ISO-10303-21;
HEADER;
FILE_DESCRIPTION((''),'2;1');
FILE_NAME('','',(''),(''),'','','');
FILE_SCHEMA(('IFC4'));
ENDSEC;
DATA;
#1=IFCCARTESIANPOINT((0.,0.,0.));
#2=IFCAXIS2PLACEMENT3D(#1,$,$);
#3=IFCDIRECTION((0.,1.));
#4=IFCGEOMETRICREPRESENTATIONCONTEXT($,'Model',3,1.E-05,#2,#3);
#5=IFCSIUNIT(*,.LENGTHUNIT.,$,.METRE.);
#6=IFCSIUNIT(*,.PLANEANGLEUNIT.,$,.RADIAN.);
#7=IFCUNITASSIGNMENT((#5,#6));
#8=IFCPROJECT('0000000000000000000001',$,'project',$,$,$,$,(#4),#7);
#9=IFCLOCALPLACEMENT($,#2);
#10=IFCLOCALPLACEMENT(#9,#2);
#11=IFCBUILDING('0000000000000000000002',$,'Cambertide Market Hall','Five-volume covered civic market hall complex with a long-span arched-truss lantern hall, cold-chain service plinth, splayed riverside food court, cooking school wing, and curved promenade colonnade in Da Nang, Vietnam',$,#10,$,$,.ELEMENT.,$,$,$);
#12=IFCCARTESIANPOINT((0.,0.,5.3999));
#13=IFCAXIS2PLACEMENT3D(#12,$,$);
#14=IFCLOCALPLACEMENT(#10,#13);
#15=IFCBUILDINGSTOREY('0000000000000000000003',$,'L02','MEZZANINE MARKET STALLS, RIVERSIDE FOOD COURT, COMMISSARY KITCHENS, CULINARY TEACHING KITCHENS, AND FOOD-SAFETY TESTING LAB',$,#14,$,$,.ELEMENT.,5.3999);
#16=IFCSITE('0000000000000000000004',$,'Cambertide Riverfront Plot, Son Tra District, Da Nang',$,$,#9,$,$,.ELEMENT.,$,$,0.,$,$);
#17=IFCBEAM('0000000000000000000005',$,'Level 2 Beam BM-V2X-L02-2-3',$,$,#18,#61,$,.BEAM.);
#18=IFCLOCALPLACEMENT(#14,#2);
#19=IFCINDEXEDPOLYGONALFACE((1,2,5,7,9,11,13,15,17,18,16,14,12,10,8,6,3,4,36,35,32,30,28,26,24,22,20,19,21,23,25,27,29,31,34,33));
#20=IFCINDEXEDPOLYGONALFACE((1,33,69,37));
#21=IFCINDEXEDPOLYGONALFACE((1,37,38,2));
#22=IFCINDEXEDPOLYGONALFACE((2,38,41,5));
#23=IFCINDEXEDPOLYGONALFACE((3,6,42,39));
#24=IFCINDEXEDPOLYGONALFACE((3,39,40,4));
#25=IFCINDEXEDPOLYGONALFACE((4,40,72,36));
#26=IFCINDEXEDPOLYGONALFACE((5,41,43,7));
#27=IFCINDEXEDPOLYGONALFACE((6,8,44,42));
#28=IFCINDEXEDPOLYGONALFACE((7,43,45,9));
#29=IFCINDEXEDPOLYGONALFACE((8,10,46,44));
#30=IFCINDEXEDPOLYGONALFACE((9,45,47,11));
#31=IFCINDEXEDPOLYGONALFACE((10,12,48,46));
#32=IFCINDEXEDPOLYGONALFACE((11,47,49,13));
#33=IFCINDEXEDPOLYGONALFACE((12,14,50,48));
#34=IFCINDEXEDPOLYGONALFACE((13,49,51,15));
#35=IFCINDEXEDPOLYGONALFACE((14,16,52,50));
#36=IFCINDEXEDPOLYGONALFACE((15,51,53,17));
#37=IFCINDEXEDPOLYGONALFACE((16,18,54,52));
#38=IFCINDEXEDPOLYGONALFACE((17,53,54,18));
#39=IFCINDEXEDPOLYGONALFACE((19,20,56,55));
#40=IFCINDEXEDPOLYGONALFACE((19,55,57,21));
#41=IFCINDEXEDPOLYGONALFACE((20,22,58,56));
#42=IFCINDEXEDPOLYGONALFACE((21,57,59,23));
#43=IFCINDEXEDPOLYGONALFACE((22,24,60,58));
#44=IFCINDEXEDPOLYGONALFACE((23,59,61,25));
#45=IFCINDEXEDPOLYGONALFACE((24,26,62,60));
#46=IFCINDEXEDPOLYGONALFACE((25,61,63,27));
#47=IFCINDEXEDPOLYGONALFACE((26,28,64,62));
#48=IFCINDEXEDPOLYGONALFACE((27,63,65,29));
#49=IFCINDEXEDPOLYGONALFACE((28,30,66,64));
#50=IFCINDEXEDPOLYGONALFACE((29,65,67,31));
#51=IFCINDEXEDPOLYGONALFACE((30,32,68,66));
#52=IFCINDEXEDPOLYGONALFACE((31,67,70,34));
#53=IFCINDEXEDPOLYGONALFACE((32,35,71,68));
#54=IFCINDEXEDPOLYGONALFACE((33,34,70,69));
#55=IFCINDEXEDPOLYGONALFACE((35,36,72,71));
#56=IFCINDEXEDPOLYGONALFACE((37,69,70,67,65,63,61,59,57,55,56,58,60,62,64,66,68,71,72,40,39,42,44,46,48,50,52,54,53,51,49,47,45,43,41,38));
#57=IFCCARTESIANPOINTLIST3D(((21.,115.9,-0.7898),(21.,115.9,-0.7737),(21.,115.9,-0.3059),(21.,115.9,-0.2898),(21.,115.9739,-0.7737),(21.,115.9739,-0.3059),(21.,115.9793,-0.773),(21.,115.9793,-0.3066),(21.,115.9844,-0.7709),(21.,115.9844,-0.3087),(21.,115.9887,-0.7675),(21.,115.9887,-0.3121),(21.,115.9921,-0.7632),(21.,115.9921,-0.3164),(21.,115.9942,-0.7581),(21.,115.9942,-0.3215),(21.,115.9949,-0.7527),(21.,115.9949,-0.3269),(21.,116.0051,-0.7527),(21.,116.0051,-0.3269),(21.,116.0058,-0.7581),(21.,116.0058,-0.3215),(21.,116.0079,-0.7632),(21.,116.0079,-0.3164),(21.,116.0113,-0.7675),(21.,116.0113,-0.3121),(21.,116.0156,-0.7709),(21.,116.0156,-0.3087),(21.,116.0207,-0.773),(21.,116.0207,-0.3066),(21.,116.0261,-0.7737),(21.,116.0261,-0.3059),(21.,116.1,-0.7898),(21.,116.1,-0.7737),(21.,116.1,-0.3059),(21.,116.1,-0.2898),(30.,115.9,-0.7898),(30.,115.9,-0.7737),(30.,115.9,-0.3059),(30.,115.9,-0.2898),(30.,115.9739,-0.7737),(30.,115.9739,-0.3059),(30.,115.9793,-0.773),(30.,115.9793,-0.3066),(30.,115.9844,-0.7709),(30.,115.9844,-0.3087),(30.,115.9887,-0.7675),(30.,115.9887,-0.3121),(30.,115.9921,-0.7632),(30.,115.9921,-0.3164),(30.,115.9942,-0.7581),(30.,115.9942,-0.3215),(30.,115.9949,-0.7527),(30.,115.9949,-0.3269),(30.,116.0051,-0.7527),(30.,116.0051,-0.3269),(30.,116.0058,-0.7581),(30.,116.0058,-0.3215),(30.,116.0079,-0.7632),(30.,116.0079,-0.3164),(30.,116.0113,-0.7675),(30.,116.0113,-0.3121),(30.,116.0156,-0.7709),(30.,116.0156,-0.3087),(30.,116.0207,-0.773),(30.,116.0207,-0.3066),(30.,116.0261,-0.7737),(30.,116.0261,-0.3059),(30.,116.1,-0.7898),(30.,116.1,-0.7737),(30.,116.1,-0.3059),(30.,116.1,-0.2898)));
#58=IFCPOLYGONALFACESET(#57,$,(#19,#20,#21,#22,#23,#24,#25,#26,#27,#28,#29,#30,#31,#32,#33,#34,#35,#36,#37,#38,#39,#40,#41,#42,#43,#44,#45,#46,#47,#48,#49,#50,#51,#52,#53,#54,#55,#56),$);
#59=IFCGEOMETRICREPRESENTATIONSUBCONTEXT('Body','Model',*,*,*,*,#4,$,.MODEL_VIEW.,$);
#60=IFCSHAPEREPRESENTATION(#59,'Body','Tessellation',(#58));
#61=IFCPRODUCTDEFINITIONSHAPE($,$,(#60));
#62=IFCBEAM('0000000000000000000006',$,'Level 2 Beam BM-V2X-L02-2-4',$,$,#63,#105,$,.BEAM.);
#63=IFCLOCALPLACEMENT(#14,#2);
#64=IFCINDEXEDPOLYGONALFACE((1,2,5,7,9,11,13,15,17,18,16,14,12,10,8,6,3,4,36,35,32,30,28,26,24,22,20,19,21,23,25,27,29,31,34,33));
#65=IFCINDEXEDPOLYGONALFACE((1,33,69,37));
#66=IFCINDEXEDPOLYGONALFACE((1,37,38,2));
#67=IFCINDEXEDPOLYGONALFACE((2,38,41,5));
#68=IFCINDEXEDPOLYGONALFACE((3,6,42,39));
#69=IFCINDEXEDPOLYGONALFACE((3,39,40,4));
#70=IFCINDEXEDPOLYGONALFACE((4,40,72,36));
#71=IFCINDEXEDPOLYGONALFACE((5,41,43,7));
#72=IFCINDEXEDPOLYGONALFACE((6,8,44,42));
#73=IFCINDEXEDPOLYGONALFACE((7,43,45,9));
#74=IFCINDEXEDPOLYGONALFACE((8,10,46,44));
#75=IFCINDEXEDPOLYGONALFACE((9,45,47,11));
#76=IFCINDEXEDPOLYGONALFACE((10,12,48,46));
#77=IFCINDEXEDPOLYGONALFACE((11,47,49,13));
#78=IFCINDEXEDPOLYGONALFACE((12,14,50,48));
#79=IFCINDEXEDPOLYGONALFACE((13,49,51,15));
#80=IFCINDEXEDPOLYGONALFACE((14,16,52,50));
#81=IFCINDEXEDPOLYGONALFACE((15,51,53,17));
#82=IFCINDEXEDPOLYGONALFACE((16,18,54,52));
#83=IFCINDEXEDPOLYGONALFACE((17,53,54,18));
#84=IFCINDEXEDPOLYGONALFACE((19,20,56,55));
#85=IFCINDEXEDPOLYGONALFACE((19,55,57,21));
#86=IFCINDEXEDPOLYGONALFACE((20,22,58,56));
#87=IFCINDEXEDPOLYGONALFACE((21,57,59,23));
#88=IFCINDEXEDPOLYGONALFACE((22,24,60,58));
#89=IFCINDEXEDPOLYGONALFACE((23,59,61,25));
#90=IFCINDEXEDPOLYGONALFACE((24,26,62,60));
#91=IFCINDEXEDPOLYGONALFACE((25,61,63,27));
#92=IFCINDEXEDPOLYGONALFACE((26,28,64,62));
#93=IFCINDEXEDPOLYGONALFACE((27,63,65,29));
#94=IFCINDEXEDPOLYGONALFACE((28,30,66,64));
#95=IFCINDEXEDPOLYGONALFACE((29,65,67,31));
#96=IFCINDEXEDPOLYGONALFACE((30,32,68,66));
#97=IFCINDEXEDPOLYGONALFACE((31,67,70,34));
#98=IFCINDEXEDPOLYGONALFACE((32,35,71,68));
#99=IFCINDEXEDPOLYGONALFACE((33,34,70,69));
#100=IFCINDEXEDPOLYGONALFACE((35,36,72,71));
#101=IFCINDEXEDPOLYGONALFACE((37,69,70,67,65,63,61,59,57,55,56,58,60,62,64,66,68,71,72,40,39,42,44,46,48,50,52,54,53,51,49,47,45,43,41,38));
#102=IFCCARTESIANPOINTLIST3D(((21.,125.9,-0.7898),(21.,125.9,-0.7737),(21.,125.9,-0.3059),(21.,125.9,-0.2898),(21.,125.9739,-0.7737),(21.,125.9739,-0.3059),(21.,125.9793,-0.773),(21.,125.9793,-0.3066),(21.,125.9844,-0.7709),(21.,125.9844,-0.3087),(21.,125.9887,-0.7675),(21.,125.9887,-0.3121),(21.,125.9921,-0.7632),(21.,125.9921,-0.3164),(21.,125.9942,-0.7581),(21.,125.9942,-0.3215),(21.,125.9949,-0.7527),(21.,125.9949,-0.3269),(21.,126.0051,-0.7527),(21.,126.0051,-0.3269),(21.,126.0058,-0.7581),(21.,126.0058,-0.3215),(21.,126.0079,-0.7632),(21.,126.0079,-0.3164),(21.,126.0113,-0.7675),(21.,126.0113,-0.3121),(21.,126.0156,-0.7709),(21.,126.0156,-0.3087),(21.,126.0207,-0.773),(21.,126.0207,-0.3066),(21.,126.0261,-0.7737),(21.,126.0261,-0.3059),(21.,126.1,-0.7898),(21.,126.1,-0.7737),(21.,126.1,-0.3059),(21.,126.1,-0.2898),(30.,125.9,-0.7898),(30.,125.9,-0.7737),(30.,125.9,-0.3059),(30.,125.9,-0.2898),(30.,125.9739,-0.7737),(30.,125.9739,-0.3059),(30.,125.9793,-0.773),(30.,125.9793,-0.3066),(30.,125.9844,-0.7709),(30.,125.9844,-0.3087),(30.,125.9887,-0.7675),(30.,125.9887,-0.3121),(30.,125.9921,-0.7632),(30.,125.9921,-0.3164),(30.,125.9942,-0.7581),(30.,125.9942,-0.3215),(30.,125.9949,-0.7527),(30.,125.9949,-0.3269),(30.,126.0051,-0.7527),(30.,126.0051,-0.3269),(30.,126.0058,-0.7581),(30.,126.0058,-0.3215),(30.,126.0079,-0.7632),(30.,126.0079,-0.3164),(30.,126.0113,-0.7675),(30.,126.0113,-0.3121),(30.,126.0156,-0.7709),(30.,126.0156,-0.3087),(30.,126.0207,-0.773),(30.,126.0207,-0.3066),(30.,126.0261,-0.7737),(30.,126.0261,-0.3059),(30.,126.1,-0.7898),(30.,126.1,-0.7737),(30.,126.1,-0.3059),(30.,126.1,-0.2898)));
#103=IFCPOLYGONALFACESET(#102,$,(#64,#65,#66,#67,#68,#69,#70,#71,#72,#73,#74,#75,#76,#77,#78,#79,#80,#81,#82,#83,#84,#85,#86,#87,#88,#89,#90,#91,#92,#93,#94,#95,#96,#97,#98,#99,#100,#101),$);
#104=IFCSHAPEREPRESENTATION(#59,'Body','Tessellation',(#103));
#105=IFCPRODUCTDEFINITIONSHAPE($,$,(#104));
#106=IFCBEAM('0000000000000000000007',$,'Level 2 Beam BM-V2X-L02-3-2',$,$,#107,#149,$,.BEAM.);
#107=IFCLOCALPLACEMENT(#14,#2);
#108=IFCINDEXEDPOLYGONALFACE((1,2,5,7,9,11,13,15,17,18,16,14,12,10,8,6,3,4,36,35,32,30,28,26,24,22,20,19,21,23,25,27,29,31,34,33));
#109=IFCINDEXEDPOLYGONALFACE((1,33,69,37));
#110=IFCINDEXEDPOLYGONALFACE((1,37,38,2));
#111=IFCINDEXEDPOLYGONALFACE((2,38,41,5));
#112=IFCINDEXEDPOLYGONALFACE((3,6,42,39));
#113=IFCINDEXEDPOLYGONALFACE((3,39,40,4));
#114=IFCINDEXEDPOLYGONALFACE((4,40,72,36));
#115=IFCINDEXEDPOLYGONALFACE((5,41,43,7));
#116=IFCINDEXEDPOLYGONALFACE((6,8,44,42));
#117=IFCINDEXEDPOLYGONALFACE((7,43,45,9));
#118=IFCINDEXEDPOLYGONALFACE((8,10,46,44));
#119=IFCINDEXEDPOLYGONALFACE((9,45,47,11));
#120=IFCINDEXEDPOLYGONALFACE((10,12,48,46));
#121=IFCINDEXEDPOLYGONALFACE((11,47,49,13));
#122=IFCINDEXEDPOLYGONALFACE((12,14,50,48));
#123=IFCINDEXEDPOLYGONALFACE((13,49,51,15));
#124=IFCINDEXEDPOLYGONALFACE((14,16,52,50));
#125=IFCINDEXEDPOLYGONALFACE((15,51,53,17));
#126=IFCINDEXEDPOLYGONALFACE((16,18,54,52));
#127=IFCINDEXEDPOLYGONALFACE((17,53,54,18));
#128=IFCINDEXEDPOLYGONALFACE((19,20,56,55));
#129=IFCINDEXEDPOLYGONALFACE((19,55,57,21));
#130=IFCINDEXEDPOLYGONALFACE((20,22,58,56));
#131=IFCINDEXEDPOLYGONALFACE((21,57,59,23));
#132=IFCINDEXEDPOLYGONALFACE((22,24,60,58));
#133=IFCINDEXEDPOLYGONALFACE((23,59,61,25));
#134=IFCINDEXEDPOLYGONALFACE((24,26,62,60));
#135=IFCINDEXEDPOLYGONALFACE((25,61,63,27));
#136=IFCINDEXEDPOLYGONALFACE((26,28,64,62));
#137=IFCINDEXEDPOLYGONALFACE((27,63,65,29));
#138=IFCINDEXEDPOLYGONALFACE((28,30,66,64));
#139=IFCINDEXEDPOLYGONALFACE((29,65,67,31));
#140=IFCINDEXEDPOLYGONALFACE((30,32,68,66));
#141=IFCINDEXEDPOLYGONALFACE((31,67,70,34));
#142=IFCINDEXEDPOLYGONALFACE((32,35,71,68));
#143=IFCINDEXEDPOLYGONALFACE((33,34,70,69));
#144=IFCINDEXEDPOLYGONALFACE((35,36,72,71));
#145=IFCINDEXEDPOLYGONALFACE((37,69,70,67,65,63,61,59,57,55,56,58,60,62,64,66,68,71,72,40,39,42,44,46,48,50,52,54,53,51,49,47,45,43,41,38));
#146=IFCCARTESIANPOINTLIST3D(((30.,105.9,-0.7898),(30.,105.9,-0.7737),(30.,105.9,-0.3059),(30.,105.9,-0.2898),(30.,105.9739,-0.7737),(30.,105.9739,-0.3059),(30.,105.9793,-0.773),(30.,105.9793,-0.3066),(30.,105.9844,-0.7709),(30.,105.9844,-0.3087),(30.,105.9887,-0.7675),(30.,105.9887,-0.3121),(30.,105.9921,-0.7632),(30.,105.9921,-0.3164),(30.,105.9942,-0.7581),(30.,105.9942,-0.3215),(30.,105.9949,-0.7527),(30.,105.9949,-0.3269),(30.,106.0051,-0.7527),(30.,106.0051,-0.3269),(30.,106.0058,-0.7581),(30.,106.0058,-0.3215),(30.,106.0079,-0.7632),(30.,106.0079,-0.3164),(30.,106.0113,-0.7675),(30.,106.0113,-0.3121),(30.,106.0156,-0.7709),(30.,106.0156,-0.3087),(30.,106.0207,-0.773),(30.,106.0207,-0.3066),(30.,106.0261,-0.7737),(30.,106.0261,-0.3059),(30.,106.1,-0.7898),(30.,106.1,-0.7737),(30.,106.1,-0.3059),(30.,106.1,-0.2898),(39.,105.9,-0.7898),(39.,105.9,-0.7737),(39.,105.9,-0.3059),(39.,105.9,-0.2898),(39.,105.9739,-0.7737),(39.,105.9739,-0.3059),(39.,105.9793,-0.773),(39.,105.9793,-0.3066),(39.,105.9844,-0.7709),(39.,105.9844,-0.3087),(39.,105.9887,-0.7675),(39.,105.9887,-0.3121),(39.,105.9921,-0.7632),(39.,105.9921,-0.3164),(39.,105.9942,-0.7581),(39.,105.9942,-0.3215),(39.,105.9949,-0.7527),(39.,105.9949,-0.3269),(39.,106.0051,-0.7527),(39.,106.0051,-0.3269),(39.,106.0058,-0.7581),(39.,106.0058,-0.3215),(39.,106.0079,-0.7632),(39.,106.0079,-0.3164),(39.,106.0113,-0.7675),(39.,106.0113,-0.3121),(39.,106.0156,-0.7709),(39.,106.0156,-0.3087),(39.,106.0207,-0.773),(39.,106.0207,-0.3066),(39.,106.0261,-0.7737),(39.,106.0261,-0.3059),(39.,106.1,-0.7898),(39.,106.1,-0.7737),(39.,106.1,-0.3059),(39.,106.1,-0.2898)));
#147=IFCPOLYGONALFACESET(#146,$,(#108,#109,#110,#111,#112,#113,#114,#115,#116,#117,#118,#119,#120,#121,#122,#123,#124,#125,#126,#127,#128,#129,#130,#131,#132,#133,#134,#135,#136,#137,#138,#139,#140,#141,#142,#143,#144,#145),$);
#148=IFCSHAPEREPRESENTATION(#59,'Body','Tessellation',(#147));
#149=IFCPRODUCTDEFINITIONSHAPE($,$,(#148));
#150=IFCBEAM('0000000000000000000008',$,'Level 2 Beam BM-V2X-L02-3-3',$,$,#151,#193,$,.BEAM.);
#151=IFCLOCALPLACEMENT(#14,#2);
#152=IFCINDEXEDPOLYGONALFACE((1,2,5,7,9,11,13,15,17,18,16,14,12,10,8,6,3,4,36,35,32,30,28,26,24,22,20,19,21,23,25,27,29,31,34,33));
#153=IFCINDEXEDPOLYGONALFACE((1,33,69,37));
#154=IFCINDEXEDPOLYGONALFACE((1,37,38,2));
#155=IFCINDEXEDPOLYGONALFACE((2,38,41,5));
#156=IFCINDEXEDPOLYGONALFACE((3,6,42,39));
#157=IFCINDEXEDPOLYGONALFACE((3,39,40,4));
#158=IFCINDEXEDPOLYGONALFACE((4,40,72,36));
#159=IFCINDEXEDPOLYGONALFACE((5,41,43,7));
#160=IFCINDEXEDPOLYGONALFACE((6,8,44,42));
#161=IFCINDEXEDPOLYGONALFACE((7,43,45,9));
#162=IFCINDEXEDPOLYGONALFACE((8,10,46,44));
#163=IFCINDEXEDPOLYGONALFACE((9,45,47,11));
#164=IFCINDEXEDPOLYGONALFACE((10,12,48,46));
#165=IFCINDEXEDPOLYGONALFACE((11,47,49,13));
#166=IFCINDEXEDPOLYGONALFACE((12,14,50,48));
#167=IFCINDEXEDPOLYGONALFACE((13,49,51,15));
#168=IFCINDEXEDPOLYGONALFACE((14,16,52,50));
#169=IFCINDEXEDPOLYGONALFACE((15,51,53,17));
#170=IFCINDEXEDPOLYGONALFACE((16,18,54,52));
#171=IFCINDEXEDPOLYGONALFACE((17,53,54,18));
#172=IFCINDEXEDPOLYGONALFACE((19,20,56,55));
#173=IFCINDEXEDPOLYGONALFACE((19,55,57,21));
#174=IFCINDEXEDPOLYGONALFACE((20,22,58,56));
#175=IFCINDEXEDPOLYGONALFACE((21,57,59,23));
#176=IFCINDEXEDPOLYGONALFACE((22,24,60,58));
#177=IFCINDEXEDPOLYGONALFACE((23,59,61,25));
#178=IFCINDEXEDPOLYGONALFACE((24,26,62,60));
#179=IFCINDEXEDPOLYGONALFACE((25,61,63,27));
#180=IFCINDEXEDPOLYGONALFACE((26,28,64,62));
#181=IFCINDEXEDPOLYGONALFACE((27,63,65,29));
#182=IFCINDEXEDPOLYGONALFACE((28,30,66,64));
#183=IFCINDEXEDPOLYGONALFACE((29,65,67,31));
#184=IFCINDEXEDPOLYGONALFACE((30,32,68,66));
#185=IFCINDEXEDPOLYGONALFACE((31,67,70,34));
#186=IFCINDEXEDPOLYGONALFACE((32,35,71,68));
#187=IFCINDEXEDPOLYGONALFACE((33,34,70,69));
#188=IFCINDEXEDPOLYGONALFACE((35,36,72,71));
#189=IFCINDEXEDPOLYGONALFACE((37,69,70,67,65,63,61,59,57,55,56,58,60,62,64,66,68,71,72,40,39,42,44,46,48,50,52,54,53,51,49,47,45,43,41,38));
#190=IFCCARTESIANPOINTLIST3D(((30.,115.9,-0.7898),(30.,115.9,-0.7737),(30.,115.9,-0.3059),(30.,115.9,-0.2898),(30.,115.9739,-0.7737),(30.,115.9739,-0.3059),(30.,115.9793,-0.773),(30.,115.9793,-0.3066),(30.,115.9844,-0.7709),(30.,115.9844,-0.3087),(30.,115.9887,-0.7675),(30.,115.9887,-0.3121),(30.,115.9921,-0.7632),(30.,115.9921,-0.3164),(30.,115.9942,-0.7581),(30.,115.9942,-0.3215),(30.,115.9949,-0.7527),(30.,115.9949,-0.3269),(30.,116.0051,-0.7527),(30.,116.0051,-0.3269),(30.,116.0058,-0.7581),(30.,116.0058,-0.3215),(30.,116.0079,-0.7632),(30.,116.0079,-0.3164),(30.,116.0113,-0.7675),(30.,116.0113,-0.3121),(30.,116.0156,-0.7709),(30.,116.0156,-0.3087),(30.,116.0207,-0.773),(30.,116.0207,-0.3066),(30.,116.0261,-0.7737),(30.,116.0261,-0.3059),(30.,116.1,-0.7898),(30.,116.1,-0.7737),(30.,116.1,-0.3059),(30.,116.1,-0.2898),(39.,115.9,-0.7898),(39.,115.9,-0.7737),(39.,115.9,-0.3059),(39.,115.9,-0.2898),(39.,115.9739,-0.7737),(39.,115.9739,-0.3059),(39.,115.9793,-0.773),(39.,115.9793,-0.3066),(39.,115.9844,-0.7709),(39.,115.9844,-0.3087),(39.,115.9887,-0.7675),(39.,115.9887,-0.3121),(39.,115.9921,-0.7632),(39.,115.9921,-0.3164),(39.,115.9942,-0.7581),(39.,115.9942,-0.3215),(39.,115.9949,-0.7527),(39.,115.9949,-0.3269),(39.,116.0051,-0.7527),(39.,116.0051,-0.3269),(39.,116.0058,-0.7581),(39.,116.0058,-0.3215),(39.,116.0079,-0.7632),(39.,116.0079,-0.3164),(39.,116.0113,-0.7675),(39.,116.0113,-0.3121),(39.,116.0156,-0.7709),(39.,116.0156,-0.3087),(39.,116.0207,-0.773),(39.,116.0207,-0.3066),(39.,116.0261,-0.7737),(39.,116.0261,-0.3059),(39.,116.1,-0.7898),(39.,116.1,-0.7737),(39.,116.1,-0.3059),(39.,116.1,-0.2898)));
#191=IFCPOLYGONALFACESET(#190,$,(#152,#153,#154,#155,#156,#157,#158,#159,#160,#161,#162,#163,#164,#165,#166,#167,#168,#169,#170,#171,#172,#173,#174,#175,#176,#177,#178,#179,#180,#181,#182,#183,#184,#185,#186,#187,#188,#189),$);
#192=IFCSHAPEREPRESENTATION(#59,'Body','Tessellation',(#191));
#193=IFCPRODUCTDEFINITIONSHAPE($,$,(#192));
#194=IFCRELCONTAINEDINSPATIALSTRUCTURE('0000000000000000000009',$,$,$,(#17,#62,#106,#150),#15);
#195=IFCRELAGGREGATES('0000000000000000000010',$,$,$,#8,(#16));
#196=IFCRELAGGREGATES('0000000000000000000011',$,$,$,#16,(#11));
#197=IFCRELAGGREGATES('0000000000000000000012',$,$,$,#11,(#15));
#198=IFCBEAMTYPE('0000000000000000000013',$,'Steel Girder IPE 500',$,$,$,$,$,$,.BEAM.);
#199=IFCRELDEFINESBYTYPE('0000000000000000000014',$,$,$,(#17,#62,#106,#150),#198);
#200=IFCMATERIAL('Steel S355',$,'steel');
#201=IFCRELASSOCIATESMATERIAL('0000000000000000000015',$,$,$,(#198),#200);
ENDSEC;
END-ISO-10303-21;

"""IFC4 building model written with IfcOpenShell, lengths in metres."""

from ifc_helpers import new_model, si_unit, direction, frame, origin, origin_2d, place, context, subcontext, project, spatial, i_section, extrude, material, material_profile, profile_set, type_object, element, save


model = new_model("IFC4")

# Units and contexts
model_context = context("Model", 3, precision=1e-05, world=origin(), true_north=direction((0.0, 1.0)))
body_context = subcontext(model_context, "Body", "Model", "MODEL_VIEW")
ifc_project = project(units=[si_unit("LENGTHUNIT", "METRE"), si_unit("PLANEANGLEUNIT", "RADIAN")], contexts=[model_context])

# Site, building, storey
site_placement = place(None, origin())
site = spatial("IfcSite", under=ifc_project, at=site_placement, Name="Cambertide Riverfront Plot, Son Tra District, Da Nang", CompositionType="ELEMENT", RefElevation=0.0)
building_placement = place(site_placement, origin())
building = spatial("IfcBuilding", under=site, at=building_placement, Name="Cambertide Market Hall", Description="Five-volume covered civic market hall complex with a long-span arched-truss lantern hall, cold-chain service plinth, splayed riverside food court, cooking school wing, and curved promenade colonnade in Da Nang, Vietnam", CompositionType="ELEMENT")
storey_placement = place(building_placement, frame((0.0, 0.0, 5.3999)))
storey = spatial("IfcBuildingStorey", under=building, at=storey_placement, Name="L02", Description="MEZZANINE MARKET STALLS, RIVERSIDE FOOD COURT, COMMISSARY KITCHENS, CULINARY TEACHING KITCHENS, AND FOOD-SAFETY TESTING LAB", CompositionType="ELEMENT", Elevation=5.3999)

# Beams
ifc_material_1 = material(Name="Steel S355", Category="steel")
ifc_material_profile_1 = material_profile(ifc_material_1, i_section(OverallWidth=0.2, OverallDepth=0.5, WebThickness=0.0103, FlangeThickness=0.0161, FilletRadius=0.021, at=origin_2d()), Name="IPE 500")
ifc_profile_set_1 = profile_set([ifc_material_profile_1], Name="Steel S355")
beam_type_1 = type_object("IfcBeamType", Name="Steel Girder IPE 500", PredefinedType="BEAM", material=ifc_profile_set_1)
for number, where, z_axis, x_axis, name in (
    (1, (21.0, 116.0, -0.5398), (1.0, 0.0, 0.0), (0.0, 1.0, 0.0), "Level 2 Beam BM-V2X-L02-2-3"),
    (2, (21.0, 126.0, -0.5398), (1.0, 0.0, 0.0), (0.0, 1.0, 0.0), "Level 2 Beam BM-V2X-L02-2-4"),
    (3, (30.0, 106.0, -0.5398), (1.0, 0.0, 0.0), (0.0, 1.0, 0.0), "Level 2 Beam BM-V2X-L02-3-2"),
    (4, (30.0, 116.0, -0.5398), (1.0, 0.0, 0.0), (0.0, 1.0, 0.0), "Level 2 Beam BM-V2X-L02-3-3"),
):
    element("IfcBeam", number, at=place(storey_placement, frame(where, z_axis=z_axis, x_axis=x_axis)), inside=storey, type_object=beam_type_1, Name=name, PredefinedType="BEAM", context=body_context, shape_type="SweptSolid", body=[
        extrude(i_section(OverallWidth=0.2, OverallDepth=0.5, WebThickness=0.0103, FlangeThickness=0.0161, FilletRadius=0.021, at=origin_2d()), origin(), (0.0, 0.0, 1.0), 9.0),
    ])

save(model, "model.ifc")
